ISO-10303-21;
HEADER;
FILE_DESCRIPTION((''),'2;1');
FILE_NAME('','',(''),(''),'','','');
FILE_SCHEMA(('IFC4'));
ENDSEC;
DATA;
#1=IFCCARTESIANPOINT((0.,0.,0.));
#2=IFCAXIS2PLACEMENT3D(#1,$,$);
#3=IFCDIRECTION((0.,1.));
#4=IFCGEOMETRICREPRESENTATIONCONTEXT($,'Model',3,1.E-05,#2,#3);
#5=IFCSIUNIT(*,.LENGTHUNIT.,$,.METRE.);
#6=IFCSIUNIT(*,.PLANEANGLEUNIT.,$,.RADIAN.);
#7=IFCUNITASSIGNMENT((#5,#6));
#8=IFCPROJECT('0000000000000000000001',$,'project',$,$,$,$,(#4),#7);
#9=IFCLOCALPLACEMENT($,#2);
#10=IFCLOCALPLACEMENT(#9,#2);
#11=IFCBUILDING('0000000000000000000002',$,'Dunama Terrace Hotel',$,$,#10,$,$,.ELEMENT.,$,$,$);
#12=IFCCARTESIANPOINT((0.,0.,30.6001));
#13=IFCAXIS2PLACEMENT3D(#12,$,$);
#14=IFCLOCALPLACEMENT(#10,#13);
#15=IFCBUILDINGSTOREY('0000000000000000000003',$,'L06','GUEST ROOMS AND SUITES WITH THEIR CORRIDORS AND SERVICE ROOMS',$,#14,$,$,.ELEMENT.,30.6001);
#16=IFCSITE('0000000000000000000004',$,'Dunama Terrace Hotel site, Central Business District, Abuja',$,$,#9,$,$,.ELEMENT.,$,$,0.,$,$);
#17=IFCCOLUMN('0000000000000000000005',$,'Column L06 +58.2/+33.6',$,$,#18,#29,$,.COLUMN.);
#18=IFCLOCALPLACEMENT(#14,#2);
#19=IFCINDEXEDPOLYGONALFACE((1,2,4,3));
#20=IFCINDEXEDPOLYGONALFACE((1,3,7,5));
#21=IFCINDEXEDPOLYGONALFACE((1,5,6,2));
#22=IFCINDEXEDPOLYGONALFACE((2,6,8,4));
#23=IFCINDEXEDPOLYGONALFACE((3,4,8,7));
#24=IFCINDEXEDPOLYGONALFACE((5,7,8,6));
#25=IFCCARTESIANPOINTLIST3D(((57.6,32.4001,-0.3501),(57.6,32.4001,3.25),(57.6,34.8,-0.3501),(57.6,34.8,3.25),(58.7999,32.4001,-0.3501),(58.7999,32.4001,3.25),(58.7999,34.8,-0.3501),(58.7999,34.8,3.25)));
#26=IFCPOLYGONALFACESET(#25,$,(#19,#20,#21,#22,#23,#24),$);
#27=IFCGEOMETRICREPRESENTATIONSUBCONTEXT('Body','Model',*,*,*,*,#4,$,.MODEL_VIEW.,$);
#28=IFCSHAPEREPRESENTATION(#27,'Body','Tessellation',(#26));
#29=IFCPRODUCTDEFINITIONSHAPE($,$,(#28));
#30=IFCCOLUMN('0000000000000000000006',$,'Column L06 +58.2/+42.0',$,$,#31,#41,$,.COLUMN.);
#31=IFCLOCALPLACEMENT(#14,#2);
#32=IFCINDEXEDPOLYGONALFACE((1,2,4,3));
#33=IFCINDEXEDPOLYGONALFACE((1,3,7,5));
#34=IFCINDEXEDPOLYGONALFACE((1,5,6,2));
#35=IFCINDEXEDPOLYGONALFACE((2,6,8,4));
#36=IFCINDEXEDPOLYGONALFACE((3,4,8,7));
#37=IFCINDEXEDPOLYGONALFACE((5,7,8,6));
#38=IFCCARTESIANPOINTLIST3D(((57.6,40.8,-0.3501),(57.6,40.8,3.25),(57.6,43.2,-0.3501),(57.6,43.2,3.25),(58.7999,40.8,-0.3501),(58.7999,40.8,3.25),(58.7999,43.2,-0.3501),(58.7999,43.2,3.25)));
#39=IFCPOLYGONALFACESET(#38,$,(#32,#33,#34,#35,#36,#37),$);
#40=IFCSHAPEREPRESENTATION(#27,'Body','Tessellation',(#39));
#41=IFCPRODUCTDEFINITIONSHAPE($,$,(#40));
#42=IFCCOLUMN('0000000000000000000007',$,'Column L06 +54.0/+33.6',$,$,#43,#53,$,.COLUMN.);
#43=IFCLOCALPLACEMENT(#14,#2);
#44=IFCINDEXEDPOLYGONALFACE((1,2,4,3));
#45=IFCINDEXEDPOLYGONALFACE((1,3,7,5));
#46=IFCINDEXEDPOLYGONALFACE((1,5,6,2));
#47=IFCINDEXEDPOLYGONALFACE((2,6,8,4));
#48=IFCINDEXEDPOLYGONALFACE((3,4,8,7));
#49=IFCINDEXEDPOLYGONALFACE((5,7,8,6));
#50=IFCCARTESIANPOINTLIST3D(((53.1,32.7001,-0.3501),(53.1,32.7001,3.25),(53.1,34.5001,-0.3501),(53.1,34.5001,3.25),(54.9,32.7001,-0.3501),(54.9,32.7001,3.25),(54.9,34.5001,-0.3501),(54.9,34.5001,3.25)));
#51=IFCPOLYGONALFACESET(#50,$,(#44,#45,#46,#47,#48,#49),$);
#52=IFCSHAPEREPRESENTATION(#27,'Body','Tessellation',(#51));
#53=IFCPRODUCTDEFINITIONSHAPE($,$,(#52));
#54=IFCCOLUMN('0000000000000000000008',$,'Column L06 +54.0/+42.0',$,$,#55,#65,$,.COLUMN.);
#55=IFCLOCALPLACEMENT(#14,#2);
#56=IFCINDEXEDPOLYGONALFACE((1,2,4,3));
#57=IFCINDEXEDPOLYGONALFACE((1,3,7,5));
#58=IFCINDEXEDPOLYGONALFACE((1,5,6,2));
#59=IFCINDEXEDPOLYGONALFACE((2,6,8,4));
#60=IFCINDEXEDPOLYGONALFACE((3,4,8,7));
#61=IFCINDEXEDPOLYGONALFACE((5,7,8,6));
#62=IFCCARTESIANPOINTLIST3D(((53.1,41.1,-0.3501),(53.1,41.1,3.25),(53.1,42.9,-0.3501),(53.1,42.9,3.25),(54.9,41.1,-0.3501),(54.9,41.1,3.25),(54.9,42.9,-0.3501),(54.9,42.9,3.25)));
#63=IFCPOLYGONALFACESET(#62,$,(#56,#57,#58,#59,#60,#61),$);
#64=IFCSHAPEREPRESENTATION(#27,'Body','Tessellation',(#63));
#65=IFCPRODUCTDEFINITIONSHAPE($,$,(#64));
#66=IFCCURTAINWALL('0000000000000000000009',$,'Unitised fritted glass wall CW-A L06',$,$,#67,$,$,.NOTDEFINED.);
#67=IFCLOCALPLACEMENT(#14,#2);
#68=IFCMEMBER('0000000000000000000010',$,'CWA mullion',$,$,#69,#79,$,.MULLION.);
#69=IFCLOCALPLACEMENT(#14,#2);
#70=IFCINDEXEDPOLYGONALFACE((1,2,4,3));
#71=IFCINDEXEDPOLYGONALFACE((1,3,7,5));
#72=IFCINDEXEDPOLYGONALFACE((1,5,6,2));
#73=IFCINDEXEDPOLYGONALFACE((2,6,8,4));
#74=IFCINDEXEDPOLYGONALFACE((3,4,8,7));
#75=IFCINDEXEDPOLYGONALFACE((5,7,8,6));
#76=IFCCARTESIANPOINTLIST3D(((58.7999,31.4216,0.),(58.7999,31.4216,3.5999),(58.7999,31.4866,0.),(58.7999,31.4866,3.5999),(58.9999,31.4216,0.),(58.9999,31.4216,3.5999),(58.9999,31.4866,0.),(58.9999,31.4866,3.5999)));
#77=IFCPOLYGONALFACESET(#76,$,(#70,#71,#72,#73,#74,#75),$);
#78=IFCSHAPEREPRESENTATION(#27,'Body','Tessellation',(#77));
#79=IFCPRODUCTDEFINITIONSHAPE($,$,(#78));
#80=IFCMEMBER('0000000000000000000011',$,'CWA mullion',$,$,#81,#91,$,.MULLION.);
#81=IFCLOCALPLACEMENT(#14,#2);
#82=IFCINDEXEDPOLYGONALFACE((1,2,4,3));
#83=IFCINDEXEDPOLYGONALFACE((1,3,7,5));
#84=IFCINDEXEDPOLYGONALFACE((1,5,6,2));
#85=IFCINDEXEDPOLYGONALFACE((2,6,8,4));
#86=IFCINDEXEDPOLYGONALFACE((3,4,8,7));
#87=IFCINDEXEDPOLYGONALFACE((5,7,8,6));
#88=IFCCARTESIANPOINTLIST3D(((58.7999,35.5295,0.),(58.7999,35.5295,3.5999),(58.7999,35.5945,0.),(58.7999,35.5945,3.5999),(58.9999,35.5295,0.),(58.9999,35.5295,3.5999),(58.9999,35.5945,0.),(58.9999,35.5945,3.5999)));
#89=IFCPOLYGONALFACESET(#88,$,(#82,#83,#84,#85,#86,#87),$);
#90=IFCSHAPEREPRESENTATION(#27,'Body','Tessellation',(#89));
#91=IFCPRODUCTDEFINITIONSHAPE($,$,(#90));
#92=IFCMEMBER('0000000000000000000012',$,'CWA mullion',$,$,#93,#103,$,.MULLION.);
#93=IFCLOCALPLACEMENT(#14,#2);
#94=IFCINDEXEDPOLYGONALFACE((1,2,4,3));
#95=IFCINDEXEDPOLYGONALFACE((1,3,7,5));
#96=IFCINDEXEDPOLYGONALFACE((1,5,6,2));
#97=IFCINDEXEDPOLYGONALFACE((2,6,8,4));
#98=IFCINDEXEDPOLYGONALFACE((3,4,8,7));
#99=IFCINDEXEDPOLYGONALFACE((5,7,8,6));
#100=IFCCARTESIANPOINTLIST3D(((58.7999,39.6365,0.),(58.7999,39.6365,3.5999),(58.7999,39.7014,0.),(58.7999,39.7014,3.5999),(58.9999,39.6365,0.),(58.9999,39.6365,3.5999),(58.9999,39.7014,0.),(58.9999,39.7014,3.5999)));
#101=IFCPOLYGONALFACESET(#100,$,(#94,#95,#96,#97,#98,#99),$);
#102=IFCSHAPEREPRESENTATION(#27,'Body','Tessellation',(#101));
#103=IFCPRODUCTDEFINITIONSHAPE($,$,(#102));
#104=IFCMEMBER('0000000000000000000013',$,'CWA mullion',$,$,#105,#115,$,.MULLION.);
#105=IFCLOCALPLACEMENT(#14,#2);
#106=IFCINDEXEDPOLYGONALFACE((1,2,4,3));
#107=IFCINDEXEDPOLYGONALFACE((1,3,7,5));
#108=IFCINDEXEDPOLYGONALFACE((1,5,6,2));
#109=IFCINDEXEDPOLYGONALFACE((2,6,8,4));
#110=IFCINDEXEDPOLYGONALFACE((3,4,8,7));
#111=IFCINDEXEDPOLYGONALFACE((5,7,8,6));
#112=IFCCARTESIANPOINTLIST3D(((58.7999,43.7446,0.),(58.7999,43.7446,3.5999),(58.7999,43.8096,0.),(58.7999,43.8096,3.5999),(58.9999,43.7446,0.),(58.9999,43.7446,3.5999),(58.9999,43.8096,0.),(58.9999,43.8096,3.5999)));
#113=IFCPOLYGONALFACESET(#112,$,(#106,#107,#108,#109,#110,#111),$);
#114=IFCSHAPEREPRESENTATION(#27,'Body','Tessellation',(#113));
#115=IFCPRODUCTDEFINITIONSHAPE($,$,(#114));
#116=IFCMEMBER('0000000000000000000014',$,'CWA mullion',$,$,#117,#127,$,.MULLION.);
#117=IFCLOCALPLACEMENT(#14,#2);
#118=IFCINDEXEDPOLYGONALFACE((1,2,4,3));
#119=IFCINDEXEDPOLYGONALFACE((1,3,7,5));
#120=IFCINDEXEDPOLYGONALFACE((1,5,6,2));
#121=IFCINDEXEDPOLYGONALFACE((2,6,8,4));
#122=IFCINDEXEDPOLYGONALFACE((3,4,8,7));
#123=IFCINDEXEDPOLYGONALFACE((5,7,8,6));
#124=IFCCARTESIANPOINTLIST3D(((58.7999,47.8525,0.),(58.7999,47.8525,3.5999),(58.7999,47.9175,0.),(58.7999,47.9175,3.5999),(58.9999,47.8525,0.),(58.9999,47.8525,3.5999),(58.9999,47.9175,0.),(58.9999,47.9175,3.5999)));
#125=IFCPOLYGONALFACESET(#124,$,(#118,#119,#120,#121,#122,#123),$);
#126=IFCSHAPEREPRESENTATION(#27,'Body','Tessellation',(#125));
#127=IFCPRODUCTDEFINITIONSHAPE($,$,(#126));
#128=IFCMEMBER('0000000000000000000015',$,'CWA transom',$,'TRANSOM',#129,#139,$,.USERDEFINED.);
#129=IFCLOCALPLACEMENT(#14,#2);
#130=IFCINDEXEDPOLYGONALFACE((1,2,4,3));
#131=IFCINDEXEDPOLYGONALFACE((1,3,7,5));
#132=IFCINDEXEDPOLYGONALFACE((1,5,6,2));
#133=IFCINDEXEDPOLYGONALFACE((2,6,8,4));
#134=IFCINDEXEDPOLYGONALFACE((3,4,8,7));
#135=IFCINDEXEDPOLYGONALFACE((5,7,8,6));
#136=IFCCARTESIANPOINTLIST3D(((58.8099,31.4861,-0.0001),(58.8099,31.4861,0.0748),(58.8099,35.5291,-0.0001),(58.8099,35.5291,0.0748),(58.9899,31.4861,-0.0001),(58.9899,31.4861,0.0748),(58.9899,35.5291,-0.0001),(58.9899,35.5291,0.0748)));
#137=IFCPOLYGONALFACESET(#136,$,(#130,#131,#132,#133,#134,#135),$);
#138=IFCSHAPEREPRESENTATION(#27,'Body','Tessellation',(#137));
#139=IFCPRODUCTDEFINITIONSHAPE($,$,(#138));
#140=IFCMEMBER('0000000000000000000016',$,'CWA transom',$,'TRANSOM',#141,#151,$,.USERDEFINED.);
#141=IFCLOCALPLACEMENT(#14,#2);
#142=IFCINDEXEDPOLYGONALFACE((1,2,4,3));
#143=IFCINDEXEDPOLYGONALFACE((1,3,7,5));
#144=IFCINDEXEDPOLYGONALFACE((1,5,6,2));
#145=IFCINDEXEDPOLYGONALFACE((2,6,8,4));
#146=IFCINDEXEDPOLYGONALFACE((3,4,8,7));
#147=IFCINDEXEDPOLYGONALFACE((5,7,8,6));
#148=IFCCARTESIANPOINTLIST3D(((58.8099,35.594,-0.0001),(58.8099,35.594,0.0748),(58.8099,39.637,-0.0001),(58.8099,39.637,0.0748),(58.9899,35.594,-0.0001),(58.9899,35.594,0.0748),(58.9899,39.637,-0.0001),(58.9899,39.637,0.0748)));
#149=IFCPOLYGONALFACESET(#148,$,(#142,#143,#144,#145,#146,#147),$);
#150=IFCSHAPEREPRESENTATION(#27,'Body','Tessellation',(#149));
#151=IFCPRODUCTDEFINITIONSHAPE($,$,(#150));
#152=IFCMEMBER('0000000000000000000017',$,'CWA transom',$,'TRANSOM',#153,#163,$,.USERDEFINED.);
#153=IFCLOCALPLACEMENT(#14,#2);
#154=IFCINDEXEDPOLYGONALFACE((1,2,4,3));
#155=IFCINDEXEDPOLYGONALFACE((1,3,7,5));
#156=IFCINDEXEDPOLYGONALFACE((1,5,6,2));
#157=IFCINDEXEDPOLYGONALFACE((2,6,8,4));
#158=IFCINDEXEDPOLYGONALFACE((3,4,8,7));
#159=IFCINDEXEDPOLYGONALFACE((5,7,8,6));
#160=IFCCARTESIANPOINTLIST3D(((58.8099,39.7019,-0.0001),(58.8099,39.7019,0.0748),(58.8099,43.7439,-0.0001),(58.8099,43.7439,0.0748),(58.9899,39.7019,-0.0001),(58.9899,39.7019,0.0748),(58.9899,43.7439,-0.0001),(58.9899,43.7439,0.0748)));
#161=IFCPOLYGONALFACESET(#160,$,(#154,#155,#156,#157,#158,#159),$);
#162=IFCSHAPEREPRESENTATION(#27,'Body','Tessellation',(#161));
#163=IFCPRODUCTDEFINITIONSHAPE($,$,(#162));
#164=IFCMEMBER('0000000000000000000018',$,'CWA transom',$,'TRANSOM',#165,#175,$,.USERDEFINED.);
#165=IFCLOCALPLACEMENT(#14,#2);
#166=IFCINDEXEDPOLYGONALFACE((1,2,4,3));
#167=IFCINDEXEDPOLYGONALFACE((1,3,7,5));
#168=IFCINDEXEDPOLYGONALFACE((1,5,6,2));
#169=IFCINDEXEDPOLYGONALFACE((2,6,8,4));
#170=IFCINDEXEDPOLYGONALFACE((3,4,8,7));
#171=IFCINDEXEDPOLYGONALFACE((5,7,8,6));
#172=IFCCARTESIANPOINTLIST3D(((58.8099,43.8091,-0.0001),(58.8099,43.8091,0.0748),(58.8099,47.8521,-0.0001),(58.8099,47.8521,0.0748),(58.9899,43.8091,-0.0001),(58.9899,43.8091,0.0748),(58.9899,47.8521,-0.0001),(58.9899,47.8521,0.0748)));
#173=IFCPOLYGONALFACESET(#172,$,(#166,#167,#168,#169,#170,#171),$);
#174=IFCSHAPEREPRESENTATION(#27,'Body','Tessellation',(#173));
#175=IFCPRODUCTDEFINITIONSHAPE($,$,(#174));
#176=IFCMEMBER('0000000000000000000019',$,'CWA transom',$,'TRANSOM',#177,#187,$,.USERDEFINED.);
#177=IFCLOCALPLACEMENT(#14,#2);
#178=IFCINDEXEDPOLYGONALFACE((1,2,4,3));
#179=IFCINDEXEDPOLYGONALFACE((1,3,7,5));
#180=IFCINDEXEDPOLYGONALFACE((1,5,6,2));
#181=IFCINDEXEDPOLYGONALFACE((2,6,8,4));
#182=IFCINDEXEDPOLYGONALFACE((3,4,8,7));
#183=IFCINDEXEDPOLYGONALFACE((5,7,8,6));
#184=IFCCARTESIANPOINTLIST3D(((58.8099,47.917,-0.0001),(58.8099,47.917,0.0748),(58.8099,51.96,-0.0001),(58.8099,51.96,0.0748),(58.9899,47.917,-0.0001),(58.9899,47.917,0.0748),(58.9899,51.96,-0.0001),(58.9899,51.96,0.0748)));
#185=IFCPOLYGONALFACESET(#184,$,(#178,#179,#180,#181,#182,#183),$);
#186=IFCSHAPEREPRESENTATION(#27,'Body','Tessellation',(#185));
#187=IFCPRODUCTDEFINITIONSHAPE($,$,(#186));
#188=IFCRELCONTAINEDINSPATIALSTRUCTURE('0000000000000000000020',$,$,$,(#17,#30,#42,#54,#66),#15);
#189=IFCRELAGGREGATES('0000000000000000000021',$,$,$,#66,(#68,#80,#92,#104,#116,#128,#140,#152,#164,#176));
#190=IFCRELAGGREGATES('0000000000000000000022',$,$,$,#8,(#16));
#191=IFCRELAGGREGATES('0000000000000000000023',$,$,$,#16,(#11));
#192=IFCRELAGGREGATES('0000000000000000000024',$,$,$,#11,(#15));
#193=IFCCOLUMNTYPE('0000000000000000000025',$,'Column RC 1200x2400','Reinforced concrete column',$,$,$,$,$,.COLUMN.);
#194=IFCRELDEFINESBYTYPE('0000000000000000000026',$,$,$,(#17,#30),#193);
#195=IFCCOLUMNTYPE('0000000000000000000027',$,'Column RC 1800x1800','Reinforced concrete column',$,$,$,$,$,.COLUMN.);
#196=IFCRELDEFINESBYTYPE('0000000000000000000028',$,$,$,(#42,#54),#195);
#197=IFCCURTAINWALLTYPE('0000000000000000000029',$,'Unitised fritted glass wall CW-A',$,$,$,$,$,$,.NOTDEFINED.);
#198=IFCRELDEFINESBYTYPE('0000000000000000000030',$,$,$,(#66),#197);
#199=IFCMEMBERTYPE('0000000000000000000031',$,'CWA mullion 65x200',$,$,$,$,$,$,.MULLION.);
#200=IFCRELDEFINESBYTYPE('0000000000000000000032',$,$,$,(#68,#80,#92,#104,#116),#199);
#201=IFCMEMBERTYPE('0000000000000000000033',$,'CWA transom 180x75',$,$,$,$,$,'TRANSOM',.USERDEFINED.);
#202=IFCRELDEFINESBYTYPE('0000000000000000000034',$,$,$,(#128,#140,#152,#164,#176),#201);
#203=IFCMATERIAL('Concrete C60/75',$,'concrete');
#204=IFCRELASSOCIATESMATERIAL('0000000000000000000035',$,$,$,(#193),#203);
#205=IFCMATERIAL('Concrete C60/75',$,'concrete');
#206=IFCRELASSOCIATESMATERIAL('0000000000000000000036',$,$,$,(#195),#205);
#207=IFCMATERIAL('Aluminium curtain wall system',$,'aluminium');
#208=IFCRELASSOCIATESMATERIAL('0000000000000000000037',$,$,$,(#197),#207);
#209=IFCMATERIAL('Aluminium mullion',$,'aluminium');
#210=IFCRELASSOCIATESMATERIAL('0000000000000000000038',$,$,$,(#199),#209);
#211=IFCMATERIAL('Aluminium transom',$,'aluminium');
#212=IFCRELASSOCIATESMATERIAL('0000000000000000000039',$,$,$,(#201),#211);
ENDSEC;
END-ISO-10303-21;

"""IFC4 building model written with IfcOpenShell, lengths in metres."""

from ifc_helpers import new_model, si_unit, direction, frame, origin, origin_2d, place, context, subcontext, project, spatial, rectangle, extrude, material, material_profile, profile_set, type_object, element, aggregate, save


model = new_model("IFC4")

# Units and contexts
model_context = context("Model", 3, precision=1e-05, world=origin(), true_north=direction((0.0, 1.0)))
body_context = subcontext(model_context, "Body", "Model", "MODEL_VIEW")
ifc_project = project(units=[si_unit("LENGTHUNIT", "METRE"), si_unit("PLANEANGLEUNIT", "RADIAN")], contexts=[model_context])

# Site, building, storey
site_placement = place(None, origin())
site = spatial("IfcSite", under=ifc_project, at=site_placement, Name="Dunama Terrace Hotel site, Central Business District, Abuja", CompositionType="ELEMENT", RefElevation=0.0)
building_placement = place(site_placement, origin())
building = spatial("IfcBuilding", under=site, at=building_placement, Name="Dunama Terrace Hotel", CompositionType="ELEMENT")
storey_placement = place(building_placement, frame((0.0, 0.0, 30.6001)))
storey = spatial("IfcBuildingStorey", under=building, at=storey_placement, Name="L06", Description="GUEST ROOMS AND SUITES WITH THEIR CORRIDORS AND SERVICE ROOMS", CompositionType="ELEMENT", Elevation=30.6001)

# Columns
ifc_material_1 = material(Name="Concrete C60/75", Category="concrete")
ifc_material_profile_1 = material_profile(ifc_material_1, rectangle(XDim=1.2, YDim=2.3999, at=origin_2d()), Name="RC 1200x2400")
ifc_profile_set_1 = profile_set([ifc_material_profile_1], Name="Concrete C60/75")
column_type_1 = type_object("IfcColumnType", Name="Column RC 1200x2400", Description="Reinforced concrete column", PredefinedType="COLUMN", material=ifc_profile_set_1)
for number, where, z_axis, x_axis, name in (
    (1, (58.2, 33.6001, -0.3501), (0.0, 0.0, 1.0), (1.0, 0.0, 0.0), "Column L06 +58.2/+33.6"),
    (2, (58.2, 42.0, -0.3501), (0.0, 0.0, 1.0), (1.0, 0.0, 0.0), "Column L06 +58.2/+42.0"),
):
    element("IfcColumn", number, at=place(storey_placement, frame(where, z_axis=z_axis, x_axis=x_axis)), inside=storey, type_object=column_type_1, Name=name, PredefinedType="COLUMN", context=body_context, shape_type="SweptSolid", body=[
        extrude(rectangle(XDim=1.2, YDim=2.3999, at=origin_2d()), origin(), (0.0, 0.0, 1.0), 3.6001),
    ])
ifc_material_2 = material(Name="Concrete C60/75", Category="concrete")
ifc_material_profile_2 = material_profile(ifc_material_2, rectangle(XDim=1.8, YDim=1.8, at=origin_2d()), Name="RC 1800x1800")
ifc_profile_set_2 = profile_set([ifc_material_profile_2], Name="Concrete C60/75")
column_type_2 = type_object("IfcColumnType", Name="Column RC 1800x1800", Description="Reinforced concrete column", PredefinedType="COLUMN", material=ifc_profile_set_2)
for number, where, z_axis, x_axis, name in (
    (3, (54.0, 33.6001, -0.3501), (0.0, 0.0, 1.0), (1.0, 0.0, 0.0), "Column L06 +54.0/+33.6"),
    (4, (54.0, 42.0, -0.3501), (0.0, 0.0, 1.0), (1.0, 0.0, 0.0), "Column L06 +54.0/+42.0"),
):
    element("IfcColumn", number, at=place(storey_placement, frame(where, z_axis=z_axis, x_axis=x_axis)), inside=storey, type_object=column_type_2, Name=name, PredefinedType="COLUMN", context=body_context, shape_type="SweptSolid", body=[
        extrude(rectangle(XDim=1.8, YDim=1.8, at=origin_2d()), origin(), (0.0, 0.0, 1.0), 3.6001),
    ])

# Curtain wall, members
ifc_material_3 = material(Name="Aluminium curtain wall system", Category="aluminium")
curtain_wall_type = type_object("IfcCurtainWallType", Name="Unitised fritted glass wall CW-A", PredefinedType="NOTDEFINED", material=ifc_material_3)
curtain_wall_placement = place(storey_placement, origin())
curtain_wall = element("IfcCurtainWall", 5, at=curtain_wall_placement, inside=storey, type_object=curtain_wall_type, Name="Unitised fritted glass wall CW-A L06", PredefinedType="NOTDEFINED")
ifc_material_4 = material(Name="Aluminium mullion", Category="aluminium")
ifc_material_profile_3 = material_profile(ifc_material_4, rectangle(XDim=0.0649, YDim=0.2, at=origin_2d()), Name="CWA MULLION 65X200")
ifc_profile_set_3 = profile_set([ifc_material_profile_3], Name="Aluminium mullion")
member_type_1 = type_object("IfcMemberType", Name="CWA mullion 65x200", PredefinedType="MULLION", material=ifc_profile_set_3)
member_1_placement = place(storey_placement, frame((58.8999, 31.4541, 0.0), z_axis=(0.0, 0.0, 1.0), x_axis=(0.0, 1.0, 0.0)))
member_1 = element("IfcMember", 6, at=member_1_placement, type_object=member_type_1, Name="CWA mullion", PredefinedType="MULLION", context=body_context, shape_type="SweptSolid", body=[
    extrude(rectangle(XDim=0.0649, YDim=0.2, at=origin_2d()), origin(), (0.0, 0.0, 1.0), 3.5999),
])
member_2_placement = place(storey_placement, frame((58.8999, 35.562, 0.0), z_axis=(0.0, 0.0, 1.0), x_axis=(0.0, 1.0, 0.0)))
member_2 = element("IfcMember", 7, at=member_2_placement, type_object=member_type_1, Name="CWA mullion", PredefinedType="MULLION", context=body_context, shape_type="SweptSolid", body=[
    extrude(rectangle(XDim=0.0649, YDim=0.2, at=origin_2d()), origin(), (0.0, 0.0, 1.0), 3.5999),
])
member_3_placement = place(storey_placement, frame((58.8999, 39.6689, 0.0), z_axis=(0.0, 0.0, 1.0), x_axis=(0.0, 1.0, 0.0)))
member_3 = element("IfcMember", 8, at=member_3_placement, type_object=member_type_1, Name="CWA mullion", PredefinedType="MULLION", context=body_context, shape_type="SweptSolid", body=[
    extrude(rectangle(XDim=0.0649, YDim=0.2, at=origin_2d()), origin(), (0.0, 0.0, 1.0), 3.5999),
])
member_4_placement = place(storey_placement, frame((58.8999, 43.7771, 0.0), z_axis=(0.0, 0.0, 1.0), x_axis=(0.0, 1.0, 0.0)))
member_4 = element("IfcMember", 9, at=member_4_placement, type_object=member_type_1, Name="CWA mullion", PredefinedType="MULLION", context=body_context, shape_type="SweptSolid", body=[
    extrude(rectangle(XDim=0.0649, YDim=0.2, at=origin_2d()), origin(), (0.0, 0.0, 1.0), 3.5999),
])
member_5_placement = place(storey_placement, frame((58.8999, 47.885, 0.0), z_axis=(0.0, 0.0, 1.0), x_axis=(0.0, 1.0, 0.0)))
member_5 = element("IfcMember", 10, at=member_5_placement, type_object=member_type_1, Name="CWA mullion", PredefinedType="MULLION", context=body_context, shape_type="SweptSolid", body=[
    extrude(rectangle(XDim=0.0649, YDim=0.2, at=origin_2d()), origin(), (0.0, 0.0, 1.0), 3.5999),
])
ifc_material_5 = material(Name="Aluminium transom", Category="aluminium")
ifc_material_profile_4 = material_profile(ifc_material_5, rectangle(XDim=0.1799, YDim=0.075, at=origin_2d()), Name="CWA TRANSOM 180X75")
ifc_profile_set_4 = profile_set([ifc_material_profile_4], Name="Aluminium transom")
member_type_2 = type_object("IfcMemberType", Name="CWA transom 180x75", ElementType="TRANSOM", PredefinedType="USERDEFINED", material=ifc_profile_set_4)
member_6_placement = place(storey_placement, frame((58.8999, 31.4861, 0.0374), z_axis=(0.0, 1.0, 0.0), x_axis=(-1.0, 0.0, 0.0)))
member_6 = element("IfcMember", 11, at=member_6_placement, type_object=member_type_2, Name="CWA transom", ObjectType="TRANSOM", PredefinedType="USERDEFINED", context=body_context, shape_type="SweptSolid", body=[
    extrude(rectangle(XDim=0.1799, YDim=0.075, at=origin_2d()), origin(), (0.0, 0.0, 1.0), 4.043),
])
member_7_placement = place(storey_placement, frame((58.8999, 35.594, 0.0374), z_axis=(0.0, 1.0, 0.0), x_axis=(-1.0, 0.0, 0.0)))
member_7 = element("IfcMember", 12, at=member_7_placement, type_object=member_type_2, Name="CWA transom", ObjectType="TRANSOM", PredefinedType="USERDEFINED", context=body_context, shape_type="SweptSolid", body=[
    extrude(rectangle(XDim=0.1799, YDim=0.075, at=origin_2d()), origin(), (0.0, 0.0, 1.0), 4.043),
])
member_8_placement = place(storey_placement, frame((58.8999, 39.7019, 0.0374), z_axis=(0.0, 1.0, 0.0), x_axis=(-1.0, 0.0, 0.0)))
member_8 = element("IfcMember", 13, at=member_8_placement, type_object=member_type_2, Name="CWA transom", ObjectType="TRANSOM", PredefinedType="USERDEFINED", context=body_context, shape_type="SweptSolid", body=[
    extrude(rectangle(XDim=0.1799, YDim=0.075, at=origin_2d()), origin(), (0.0, 0.0, 1.0), 4.042),
])
member_9_placement = place(storey_placement, frame((58.8999, 43.8091, 0.0374), z_axis=(0.0, 1.0, 0.0), x_axis=(-1.0, 0.0, 0.0)))
member_9 = element("IfcMember", 14, at=member_9_placement, type_object=member_type_2, Name="CWA transom", ObjectType="TRANSOM", PredefinedType="USERDEFINED", context=body_context, shape_type="SweptSolid", body=[
    extrude(rectangle(XDim=0.1799, YDim=0.075, at=origin_2d()), origin(), (0.0, 0.0, 1.0), 4.043),
])
member_10_placement = place(storey_placement, frame((58.8999, 47.917, 0.0374), z_axis=(0.0, 1.0, 0.0), x_axis=(-1.0, 0.0, 0.0)))
member_10 = element("IfcMember", 15, at=member_10_placement, type_object=member_type_2, Name="CWA transom", ObjectType="TRANSOM", PredefinedType="USERDEFINED", context=body_context, shape_type="SweptSolid", body=[
    extrude(rectangle(XDim=0.1799, YDim=0.075, at=origin_2d()), origin(), (0.0, 0.0, 1.0), 4.043),
])

aggregate(curtain_wall, [member_1, member_2, member_3, member_4, member_5, member_6, member_7, member_8, member_9, member_10])

save(model, "model.ifc")
